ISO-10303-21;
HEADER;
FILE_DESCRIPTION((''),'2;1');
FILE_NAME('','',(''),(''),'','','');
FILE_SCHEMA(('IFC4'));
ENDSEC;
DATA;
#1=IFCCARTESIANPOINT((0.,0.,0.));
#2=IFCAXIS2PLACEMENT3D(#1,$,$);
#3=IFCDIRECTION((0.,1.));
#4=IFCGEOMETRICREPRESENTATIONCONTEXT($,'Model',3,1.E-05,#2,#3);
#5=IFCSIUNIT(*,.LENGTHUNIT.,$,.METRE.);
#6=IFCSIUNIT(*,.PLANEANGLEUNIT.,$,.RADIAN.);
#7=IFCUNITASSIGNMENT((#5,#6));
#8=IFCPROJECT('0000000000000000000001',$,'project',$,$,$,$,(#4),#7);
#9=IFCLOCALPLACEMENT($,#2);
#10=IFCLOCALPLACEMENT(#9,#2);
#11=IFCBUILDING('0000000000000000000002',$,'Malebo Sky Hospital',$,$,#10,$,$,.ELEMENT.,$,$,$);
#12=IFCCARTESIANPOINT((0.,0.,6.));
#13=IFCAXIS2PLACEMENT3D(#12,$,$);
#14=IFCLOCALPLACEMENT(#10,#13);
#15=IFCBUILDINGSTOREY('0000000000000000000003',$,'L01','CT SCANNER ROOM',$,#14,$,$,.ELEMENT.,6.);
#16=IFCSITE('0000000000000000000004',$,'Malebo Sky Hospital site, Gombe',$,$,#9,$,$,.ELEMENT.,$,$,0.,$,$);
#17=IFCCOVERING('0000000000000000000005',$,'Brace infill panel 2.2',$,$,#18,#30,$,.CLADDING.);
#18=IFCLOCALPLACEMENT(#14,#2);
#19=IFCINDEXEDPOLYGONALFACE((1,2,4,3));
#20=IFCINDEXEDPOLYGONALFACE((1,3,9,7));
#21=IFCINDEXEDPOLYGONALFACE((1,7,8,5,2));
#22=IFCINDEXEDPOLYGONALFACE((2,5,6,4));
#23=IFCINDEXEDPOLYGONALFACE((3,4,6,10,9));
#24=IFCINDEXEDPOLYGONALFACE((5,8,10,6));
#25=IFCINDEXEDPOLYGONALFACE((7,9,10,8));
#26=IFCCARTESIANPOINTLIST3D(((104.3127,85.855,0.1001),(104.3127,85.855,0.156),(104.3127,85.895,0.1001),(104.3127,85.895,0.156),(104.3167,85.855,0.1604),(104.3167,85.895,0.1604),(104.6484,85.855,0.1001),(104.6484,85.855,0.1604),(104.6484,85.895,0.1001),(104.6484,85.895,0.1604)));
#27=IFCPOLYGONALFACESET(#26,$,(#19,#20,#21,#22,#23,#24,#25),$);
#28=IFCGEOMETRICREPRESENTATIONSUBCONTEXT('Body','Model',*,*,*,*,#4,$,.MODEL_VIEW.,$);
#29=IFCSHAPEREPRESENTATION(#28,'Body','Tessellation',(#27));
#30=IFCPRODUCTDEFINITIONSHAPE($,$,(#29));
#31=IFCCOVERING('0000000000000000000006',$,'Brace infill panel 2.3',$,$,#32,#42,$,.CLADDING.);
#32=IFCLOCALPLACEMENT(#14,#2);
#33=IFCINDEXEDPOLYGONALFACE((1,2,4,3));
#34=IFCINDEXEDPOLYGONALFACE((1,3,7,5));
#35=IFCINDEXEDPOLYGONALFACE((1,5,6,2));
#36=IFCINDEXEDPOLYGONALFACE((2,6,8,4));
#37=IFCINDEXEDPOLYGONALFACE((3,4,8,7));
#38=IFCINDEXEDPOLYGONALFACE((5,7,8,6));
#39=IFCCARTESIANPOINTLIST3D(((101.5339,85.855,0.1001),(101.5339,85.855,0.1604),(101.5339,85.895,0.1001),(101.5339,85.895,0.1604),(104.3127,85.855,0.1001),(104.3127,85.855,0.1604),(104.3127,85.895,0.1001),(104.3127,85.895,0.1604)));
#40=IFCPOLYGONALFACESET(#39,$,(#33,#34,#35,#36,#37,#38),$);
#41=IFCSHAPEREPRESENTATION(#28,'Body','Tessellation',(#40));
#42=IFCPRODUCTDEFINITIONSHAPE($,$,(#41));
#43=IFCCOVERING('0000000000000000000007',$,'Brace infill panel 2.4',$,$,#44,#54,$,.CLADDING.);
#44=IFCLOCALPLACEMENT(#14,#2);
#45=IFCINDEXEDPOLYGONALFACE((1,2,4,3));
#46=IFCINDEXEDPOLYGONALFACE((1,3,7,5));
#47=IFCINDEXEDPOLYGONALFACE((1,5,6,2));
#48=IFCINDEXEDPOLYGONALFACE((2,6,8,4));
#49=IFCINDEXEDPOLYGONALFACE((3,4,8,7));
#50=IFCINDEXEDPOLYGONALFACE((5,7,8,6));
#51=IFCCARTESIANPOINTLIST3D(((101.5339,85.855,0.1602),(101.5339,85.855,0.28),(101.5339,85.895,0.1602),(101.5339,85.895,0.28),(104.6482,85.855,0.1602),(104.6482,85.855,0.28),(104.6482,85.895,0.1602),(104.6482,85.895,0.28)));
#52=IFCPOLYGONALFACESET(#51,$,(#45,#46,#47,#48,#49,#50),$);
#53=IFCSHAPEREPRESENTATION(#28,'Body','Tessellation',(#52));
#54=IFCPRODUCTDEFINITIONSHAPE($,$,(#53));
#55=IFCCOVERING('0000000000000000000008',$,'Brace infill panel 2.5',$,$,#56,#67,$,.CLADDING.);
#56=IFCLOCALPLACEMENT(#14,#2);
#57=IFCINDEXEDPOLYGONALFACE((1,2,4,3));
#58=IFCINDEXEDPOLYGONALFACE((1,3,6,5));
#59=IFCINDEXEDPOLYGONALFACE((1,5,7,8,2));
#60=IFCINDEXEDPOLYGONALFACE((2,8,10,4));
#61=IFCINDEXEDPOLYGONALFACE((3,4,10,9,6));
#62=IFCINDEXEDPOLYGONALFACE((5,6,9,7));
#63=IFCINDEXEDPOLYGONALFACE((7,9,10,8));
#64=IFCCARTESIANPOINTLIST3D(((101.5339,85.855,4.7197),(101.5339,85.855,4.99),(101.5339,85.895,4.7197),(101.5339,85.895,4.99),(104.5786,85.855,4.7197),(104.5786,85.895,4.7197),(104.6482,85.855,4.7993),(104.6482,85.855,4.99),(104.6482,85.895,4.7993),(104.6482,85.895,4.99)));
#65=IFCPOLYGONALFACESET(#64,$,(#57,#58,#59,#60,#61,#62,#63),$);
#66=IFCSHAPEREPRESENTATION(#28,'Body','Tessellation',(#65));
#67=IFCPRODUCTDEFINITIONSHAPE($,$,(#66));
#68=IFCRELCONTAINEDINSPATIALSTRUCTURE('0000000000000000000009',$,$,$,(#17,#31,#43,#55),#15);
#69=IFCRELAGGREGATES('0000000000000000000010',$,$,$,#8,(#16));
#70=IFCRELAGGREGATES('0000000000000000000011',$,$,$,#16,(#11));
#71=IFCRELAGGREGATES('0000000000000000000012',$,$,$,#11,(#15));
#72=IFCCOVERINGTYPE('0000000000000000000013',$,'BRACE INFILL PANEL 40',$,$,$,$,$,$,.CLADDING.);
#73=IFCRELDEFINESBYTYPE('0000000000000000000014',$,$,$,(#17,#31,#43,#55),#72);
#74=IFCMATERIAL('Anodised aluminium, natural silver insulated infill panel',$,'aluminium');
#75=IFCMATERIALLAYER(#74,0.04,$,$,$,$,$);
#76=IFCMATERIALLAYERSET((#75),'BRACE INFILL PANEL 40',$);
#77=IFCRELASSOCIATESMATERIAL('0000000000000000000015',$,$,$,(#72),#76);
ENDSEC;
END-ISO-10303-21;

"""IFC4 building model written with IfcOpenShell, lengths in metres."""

from ifc_helpers import new_model, si_unit, direction, frame, origin, place, context, subcontext, project, spatial, polyline, outline, extrude, material, layer, layer_set, type_object, element, save


model = new_model("IFC4")

# Units and contexts
model_context = context("Model", 3, precision=1e-05, world=origin(), true_north=direction((0.0, 1.0)))
body_context = subcontext(model_context, "Body", "Model", "MODEL_VIEW")
ifc_project = project(units=[si_unit("LENGTHUNIT", "METRE"), si_unit("PLANEANGLEUNIT", "RADIAN")], contexts=[model_context])

# Site, building, storey
site_placement = place(None, origin())
site = spatial("IfcSite", under=ifc_project, at=site_placement, Name="Malebo Sky Hospital site, Gombe", CompositionType="ELEMENT", RefElevation=0.0)
building_placement = place(site_placement, origin())
building = spatial("IfcBuilding", under=site, at=building_placement, Name="Malebo Sky Hospital", CompositionType="ELEMENT")
storey_placement = place(building_placement, frame((0.0, 0.0, 6.0)))
storey = spatial("IfcBuildingStorey", under=building, at=storey_placement, Name="L01", Description="CT SCANNER ROOM", CompositionType="ELEMENT", Elevation=6.0)

# Coverings
ifc_material_1 = material(Name="Anodised aluminium, natural silver insulated infill panel", Category="aluminium")
ifc_layer_1 = layer(ifc_material_1, 0.04)
ifc_layer_set_1 = layer_set([ifc_layer_1], Name="BRACE INFILL PANEL 40")
covering_type = type_object("IfcCoveringType", Name="BRACE INFILL PANEL 40", PredefinedType="CLADDING", material=ifc_layer_set_1)
covering_1_placement = place(storey_placement, frame((104.4805, 85.875, 0.1001), z_axis=(0.0, 0.0, 1.0), x_axis=(-1.0, 0.0, 0.0)))
element("IfcCovering", 1, at=covering_1_placement, inside=storey, type_object=covering_type, Name="Brace infill panel 2.2", PredefinedType="CLADDING", context=body_context, shape_type="SweptSolid", body=[
    extrude(outline(polyline([(-0.168, 0.0), (0.1677, 0.0), (0.1677, 0.0559), (0.1638, 0.0603), (-0.168, 0.0603), (-0.168, 0.0)])), frame((0.0, 0.02, 0.0), z_axis=(0.0, -1.0, 0.0), x_axis=(1.0, 0.0, 0.0)), (0.0, 0.0, 1.0), 0.04),
])
covering_2_placement = place(storey_placement, frame((102.9233, 85.875, 0.1001), z_axis=(0.0, 0.0, 1.0), x_axis=(-1.0, 0.0, 0.0)))
element("IfcCovering", 2, at=covering_2_placement, inside=storey, type_object=covering_type, Name="Brace infill panel 2.3", PredefinedType="CLADDING", context=body_context, shape_type="SweptSolid", body=[
    extrude(outline(polyline([(-1.3894, 0.0), (1.3894, 0.0), (1.3894, 0.0603), (-1.3894, 0.0603), (-1.3894, 0.0)])), frame((0.0, 0.02, 0.0), z_axis=(0.0, -1.0, 0.0), x_axis=(1.0, 0.0, 0.0)), (0.0, 0.0, 1.0), 0.04),
])
covering_3_placement = place(storey_placement, frame((103.0911, 85.875, 0.1602), z_axis=(0.0, 0.0, 1.0), x_axis=(-1.0, 0.0, 0.0)))
element("IfcCovering", 3, at=covering_3_placement, inside=storey, type_object=covering_type, Name="Brace infill panel 2.4", PredefinedType="CLADDING", context=body_context, shape_type="SweptSolid", body=[
    extrude(outline(polyline([(-1.5571, 0.0), (1.5571, 0.0), (1.5571, 0.1199), (-1.5571, 0.1199), (-1.5571, 0.0)])), frame((0.0, 0.02, 0.0), z_axis=(0.0, -1.0, 0.0), x_axis=(1.0, 0.0, 0.0)), (0.0, 0.0, 1.0), 0.04),
])
covering_4_placement = place(storey_placement, frame((103.0911, 85.875, 4.7197), z_axis=(0.0, 0.0, 1.0), x_axis=(-1.0, 0.0, 0.0)))
element("IfcCovering", 4, at=covering_4_placement, inside=storey, type_object=covering_type, Name="Brace infill panel 2.5", PredefinedType="CLADDING", context=body_context, shape_type="SweptSolid", body=[
    extrude(outline(polyline([(-1.4875, 0.0), (1.5571, 0.0), (1.5571, 0.2703), (-1.5571, 0.2703), (-1.5571, 0.0796), (-1.4875, 0.0)])), frame((0.0, 0.02, 0.0), z_axis=(0.0, -1.0, 0.0), x_axis=(1.0, 0.0, 0.0)), (0.0, 0.0, 1.0), 0.04),
])

save(model, "model.ifc")
